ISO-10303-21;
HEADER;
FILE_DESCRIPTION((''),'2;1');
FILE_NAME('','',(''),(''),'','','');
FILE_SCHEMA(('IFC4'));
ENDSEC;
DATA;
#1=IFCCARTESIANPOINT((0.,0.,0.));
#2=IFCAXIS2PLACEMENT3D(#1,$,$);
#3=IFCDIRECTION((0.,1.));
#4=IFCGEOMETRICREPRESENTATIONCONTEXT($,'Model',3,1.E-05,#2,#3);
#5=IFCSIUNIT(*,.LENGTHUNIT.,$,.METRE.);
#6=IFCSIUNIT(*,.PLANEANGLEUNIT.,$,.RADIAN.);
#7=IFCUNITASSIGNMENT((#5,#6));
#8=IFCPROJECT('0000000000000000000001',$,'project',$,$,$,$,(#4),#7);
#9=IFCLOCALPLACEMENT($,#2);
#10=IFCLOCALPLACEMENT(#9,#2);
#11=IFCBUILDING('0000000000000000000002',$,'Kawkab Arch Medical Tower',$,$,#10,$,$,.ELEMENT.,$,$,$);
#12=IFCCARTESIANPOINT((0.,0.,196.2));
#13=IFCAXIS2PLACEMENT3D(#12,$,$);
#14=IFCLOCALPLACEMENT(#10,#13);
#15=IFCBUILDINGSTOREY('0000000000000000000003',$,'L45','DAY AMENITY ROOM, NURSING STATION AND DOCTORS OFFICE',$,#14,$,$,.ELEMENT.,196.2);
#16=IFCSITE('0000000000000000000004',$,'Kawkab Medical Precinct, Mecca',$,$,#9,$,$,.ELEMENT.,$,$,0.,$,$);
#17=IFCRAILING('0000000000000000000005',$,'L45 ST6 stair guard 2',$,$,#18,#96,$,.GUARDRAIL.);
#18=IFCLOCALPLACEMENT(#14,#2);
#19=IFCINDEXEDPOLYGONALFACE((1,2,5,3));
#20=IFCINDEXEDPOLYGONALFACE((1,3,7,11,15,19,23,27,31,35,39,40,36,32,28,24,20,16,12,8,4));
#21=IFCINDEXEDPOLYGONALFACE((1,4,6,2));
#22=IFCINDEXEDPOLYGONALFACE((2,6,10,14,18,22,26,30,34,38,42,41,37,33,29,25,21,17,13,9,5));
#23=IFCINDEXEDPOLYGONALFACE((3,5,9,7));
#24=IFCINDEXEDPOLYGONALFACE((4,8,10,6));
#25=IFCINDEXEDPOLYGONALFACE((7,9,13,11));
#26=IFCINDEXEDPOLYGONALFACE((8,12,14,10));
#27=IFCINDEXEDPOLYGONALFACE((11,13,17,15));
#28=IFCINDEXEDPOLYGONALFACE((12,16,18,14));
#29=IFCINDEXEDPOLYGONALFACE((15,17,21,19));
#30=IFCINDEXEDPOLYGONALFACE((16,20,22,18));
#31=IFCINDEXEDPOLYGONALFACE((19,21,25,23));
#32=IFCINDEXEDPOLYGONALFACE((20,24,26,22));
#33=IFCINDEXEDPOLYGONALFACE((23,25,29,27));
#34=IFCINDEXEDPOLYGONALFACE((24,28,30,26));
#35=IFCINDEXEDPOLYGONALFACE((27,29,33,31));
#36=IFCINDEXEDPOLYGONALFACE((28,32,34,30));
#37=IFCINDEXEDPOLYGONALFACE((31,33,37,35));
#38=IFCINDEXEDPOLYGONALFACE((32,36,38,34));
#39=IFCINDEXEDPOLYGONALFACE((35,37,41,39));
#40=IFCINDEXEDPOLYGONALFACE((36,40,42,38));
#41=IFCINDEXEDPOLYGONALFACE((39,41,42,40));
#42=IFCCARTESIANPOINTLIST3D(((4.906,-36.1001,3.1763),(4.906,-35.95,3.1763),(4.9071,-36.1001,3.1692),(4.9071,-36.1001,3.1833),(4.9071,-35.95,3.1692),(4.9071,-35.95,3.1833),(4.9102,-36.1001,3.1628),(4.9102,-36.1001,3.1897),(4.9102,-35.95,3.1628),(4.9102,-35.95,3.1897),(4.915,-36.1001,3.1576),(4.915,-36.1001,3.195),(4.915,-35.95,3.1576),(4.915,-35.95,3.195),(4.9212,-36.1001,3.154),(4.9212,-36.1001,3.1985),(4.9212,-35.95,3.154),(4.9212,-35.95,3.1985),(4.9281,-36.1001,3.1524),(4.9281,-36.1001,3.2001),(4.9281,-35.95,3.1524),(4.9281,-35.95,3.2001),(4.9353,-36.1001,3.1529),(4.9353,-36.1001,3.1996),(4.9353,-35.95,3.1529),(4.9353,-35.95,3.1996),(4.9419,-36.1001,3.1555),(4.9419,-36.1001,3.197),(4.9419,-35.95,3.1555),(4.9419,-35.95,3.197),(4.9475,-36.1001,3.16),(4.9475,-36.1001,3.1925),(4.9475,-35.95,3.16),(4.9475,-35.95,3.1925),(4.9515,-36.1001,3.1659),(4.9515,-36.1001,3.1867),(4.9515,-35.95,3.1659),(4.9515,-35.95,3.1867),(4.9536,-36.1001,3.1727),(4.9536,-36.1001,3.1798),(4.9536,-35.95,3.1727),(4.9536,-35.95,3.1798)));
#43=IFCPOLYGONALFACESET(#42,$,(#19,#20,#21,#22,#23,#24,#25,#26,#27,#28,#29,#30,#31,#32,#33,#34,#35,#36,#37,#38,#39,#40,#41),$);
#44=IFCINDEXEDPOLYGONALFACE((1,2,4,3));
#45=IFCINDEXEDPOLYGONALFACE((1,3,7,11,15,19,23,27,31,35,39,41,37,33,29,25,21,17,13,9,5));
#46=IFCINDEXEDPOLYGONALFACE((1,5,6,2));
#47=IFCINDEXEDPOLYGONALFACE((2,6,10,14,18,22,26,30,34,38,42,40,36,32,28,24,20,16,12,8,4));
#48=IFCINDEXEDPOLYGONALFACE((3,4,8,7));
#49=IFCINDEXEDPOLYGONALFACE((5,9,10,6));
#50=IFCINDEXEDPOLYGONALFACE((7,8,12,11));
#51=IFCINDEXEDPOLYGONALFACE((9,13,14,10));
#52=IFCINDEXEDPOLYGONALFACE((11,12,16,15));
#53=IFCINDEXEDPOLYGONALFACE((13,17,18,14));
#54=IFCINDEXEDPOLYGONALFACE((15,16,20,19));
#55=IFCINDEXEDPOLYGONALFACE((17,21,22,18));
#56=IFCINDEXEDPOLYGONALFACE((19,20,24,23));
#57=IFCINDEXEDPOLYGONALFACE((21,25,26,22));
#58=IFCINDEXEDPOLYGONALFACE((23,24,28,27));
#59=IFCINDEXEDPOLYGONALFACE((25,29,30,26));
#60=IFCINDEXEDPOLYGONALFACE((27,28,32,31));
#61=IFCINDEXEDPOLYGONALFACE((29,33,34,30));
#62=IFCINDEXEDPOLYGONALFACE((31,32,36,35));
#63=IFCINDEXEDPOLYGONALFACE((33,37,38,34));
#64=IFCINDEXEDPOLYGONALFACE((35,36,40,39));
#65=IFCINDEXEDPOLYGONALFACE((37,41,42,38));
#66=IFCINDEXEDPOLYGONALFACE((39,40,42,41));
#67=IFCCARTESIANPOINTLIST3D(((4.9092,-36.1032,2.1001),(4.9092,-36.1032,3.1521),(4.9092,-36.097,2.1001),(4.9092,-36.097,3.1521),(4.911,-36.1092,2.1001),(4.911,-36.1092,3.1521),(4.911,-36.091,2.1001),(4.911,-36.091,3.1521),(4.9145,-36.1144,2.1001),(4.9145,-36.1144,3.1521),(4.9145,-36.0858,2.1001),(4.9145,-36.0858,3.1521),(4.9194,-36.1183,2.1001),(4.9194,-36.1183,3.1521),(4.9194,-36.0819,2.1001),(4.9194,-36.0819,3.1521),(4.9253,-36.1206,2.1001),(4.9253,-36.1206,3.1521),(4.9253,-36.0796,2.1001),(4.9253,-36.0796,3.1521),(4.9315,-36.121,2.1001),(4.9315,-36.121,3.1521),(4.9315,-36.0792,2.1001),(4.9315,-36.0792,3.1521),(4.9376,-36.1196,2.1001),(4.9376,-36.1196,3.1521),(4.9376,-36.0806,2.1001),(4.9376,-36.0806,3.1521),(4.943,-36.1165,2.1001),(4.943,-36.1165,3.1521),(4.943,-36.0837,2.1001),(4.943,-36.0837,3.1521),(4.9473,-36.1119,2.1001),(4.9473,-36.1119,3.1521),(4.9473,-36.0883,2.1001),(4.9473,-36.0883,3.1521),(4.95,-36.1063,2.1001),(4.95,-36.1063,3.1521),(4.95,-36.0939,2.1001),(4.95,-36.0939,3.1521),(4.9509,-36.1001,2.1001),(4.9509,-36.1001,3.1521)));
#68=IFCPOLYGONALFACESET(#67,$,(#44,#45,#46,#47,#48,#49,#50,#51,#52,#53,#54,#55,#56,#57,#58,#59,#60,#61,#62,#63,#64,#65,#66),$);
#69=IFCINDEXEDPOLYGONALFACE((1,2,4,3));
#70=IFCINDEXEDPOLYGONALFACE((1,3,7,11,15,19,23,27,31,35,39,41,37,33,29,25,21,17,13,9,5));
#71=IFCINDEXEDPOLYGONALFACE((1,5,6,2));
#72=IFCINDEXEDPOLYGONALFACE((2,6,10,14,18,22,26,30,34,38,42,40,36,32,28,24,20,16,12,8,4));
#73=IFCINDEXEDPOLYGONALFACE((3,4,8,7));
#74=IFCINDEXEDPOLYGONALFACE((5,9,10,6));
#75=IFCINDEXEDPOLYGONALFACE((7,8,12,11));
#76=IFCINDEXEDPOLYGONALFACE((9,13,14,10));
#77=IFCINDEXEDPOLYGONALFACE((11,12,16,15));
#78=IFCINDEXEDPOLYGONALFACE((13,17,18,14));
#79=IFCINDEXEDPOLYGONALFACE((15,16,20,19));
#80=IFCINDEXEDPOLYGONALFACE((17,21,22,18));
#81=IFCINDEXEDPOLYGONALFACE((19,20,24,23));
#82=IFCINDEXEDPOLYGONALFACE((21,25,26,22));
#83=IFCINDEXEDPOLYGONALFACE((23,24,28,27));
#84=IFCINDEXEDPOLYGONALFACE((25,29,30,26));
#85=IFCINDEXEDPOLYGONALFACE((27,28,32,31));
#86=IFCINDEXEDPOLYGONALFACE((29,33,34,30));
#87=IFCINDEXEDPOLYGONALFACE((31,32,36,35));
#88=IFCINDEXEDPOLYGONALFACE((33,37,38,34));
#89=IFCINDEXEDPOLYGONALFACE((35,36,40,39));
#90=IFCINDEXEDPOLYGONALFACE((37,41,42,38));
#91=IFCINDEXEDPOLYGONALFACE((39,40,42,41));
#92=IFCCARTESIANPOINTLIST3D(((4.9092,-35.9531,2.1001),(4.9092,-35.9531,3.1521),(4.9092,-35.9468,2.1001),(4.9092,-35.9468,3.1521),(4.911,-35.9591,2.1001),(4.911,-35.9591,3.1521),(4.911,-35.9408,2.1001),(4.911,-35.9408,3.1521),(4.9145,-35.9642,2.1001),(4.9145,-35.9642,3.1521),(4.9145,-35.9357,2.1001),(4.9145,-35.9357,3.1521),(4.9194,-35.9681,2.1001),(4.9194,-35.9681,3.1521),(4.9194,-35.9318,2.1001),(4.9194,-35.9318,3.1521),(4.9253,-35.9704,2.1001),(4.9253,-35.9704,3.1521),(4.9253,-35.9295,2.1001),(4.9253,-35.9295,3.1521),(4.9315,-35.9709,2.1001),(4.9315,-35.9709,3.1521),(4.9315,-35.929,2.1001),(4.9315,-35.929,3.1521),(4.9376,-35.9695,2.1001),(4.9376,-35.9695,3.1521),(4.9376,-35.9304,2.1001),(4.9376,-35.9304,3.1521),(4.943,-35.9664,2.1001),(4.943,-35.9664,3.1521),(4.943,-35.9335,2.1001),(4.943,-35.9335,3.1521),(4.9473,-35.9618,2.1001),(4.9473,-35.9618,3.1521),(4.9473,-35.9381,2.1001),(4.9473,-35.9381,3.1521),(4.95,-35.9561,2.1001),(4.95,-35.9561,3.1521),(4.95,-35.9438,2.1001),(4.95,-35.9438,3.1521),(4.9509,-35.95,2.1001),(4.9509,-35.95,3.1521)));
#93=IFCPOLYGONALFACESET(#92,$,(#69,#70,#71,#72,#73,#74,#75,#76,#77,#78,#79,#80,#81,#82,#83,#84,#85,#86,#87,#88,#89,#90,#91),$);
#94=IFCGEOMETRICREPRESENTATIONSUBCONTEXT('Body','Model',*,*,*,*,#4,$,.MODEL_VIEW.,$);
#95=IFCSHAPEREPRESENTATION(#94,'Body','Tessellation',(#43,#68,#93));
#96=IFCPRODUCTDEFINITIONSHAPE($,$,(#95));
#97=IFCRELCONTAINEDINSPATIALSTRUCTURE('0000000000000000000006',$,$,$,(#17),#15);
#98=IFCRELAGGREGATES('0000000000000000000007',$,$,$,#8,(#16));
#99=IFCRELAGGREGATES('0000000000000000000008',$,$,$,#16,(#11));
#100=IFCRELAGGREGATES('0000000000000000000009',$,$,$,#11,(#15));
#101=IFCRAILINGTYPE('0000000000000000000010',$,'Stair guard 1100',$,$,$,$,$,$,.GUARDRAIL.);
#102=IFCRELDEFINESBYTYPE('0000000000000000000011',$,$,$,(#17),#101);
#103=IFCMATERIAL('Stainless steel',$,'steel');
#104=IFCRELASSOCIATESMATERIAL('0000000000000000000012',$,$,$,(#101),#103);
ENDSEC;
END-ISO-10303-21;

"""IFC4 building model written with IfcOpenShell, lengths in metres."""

from ifc_helpers import new_model, si_unit, direction, frame, origin, origin_2d, place, context, subcontext, project, spatial, circle, extrude, material, type_object, element, save


model = new_model("IFC4")

# Units and contexts
model_context = context("Model", 3, precision=1e-05, world=origin(), true_north=direction((0.0, 1.0)))
body_context = subcontext(model_context, "Body", "Model", "MODEL_VIEW")
ifc_project = project(units=[si_unit("LENGTHUNIT", "METRE"), si_unit("PLANEANGLEUNIT", "RADIAN")], contexts=[model_context])

# Site, building, storey
site_placement = place(None, origin())
site = spatial("IfcSite", under=ifc_project, at=site_placement, Name="Kawkab Medical Precinct, Mecca", CompositionType="ELEMENT", RefElevation=0.0)
building_placement = place(site_placement, origin())
building = spatial("IfcBuilding", under=site, at=building_placement, Name="Kawkab Arch Medical Tower", CompositionType="ELEMENT")
storey_placement = place(building_placement, frame((0.0, 0.0, 196.2)))
storey = spatial("IfcBuildingStorey", under=building, at=storey_placement, Name="L45", Description="DAY AMENITY ROOM, NURSING STATION AND DOCTORS OFFICE", CompositionType="ELEMENT", Elevation=196.2)

# Railing
ifc_material_1 = material(Name="Stainless steel", Category="steel")
railing_type = type_object("IfcRailingType", Name="Stair guard 1100", PredefinedType="GUARDRAIL", material=ifc_material_1)
railing_1_placement = place(storey_placement, frame((4.9299, -36.1001, 2.1001)))
element("IfcRailing", 1, at=railing_1_placement, inside=storey, type_object=railing_type, Name="L45 ST6 stair guard 2", PredefinedType="GUARDRAIL", context=body_context, shape_type="SweptSolid", body=[
    extrude(circle(Radius=0.0239, at=origin_2d()), frame((0.0, 0.0, 1.0762), z_axis=(0.0, 1.0, 0.0), x_axis=(-1.0, 0.0, 0.0)), (0.0, 0.0, 1.0), 0.1501),
    extrude(circle(Radius=0.021, at=origin_2d()), origin(), (0.0, 0.0, 1.0), 1.052),
    extrude(circle(Radius=0.021, at=origin_2d()), frame((0.0, 0.1501, 0.0)), (0.0, 0.0, 1.0), 1.052),
])

save(model, "model.ifc")
